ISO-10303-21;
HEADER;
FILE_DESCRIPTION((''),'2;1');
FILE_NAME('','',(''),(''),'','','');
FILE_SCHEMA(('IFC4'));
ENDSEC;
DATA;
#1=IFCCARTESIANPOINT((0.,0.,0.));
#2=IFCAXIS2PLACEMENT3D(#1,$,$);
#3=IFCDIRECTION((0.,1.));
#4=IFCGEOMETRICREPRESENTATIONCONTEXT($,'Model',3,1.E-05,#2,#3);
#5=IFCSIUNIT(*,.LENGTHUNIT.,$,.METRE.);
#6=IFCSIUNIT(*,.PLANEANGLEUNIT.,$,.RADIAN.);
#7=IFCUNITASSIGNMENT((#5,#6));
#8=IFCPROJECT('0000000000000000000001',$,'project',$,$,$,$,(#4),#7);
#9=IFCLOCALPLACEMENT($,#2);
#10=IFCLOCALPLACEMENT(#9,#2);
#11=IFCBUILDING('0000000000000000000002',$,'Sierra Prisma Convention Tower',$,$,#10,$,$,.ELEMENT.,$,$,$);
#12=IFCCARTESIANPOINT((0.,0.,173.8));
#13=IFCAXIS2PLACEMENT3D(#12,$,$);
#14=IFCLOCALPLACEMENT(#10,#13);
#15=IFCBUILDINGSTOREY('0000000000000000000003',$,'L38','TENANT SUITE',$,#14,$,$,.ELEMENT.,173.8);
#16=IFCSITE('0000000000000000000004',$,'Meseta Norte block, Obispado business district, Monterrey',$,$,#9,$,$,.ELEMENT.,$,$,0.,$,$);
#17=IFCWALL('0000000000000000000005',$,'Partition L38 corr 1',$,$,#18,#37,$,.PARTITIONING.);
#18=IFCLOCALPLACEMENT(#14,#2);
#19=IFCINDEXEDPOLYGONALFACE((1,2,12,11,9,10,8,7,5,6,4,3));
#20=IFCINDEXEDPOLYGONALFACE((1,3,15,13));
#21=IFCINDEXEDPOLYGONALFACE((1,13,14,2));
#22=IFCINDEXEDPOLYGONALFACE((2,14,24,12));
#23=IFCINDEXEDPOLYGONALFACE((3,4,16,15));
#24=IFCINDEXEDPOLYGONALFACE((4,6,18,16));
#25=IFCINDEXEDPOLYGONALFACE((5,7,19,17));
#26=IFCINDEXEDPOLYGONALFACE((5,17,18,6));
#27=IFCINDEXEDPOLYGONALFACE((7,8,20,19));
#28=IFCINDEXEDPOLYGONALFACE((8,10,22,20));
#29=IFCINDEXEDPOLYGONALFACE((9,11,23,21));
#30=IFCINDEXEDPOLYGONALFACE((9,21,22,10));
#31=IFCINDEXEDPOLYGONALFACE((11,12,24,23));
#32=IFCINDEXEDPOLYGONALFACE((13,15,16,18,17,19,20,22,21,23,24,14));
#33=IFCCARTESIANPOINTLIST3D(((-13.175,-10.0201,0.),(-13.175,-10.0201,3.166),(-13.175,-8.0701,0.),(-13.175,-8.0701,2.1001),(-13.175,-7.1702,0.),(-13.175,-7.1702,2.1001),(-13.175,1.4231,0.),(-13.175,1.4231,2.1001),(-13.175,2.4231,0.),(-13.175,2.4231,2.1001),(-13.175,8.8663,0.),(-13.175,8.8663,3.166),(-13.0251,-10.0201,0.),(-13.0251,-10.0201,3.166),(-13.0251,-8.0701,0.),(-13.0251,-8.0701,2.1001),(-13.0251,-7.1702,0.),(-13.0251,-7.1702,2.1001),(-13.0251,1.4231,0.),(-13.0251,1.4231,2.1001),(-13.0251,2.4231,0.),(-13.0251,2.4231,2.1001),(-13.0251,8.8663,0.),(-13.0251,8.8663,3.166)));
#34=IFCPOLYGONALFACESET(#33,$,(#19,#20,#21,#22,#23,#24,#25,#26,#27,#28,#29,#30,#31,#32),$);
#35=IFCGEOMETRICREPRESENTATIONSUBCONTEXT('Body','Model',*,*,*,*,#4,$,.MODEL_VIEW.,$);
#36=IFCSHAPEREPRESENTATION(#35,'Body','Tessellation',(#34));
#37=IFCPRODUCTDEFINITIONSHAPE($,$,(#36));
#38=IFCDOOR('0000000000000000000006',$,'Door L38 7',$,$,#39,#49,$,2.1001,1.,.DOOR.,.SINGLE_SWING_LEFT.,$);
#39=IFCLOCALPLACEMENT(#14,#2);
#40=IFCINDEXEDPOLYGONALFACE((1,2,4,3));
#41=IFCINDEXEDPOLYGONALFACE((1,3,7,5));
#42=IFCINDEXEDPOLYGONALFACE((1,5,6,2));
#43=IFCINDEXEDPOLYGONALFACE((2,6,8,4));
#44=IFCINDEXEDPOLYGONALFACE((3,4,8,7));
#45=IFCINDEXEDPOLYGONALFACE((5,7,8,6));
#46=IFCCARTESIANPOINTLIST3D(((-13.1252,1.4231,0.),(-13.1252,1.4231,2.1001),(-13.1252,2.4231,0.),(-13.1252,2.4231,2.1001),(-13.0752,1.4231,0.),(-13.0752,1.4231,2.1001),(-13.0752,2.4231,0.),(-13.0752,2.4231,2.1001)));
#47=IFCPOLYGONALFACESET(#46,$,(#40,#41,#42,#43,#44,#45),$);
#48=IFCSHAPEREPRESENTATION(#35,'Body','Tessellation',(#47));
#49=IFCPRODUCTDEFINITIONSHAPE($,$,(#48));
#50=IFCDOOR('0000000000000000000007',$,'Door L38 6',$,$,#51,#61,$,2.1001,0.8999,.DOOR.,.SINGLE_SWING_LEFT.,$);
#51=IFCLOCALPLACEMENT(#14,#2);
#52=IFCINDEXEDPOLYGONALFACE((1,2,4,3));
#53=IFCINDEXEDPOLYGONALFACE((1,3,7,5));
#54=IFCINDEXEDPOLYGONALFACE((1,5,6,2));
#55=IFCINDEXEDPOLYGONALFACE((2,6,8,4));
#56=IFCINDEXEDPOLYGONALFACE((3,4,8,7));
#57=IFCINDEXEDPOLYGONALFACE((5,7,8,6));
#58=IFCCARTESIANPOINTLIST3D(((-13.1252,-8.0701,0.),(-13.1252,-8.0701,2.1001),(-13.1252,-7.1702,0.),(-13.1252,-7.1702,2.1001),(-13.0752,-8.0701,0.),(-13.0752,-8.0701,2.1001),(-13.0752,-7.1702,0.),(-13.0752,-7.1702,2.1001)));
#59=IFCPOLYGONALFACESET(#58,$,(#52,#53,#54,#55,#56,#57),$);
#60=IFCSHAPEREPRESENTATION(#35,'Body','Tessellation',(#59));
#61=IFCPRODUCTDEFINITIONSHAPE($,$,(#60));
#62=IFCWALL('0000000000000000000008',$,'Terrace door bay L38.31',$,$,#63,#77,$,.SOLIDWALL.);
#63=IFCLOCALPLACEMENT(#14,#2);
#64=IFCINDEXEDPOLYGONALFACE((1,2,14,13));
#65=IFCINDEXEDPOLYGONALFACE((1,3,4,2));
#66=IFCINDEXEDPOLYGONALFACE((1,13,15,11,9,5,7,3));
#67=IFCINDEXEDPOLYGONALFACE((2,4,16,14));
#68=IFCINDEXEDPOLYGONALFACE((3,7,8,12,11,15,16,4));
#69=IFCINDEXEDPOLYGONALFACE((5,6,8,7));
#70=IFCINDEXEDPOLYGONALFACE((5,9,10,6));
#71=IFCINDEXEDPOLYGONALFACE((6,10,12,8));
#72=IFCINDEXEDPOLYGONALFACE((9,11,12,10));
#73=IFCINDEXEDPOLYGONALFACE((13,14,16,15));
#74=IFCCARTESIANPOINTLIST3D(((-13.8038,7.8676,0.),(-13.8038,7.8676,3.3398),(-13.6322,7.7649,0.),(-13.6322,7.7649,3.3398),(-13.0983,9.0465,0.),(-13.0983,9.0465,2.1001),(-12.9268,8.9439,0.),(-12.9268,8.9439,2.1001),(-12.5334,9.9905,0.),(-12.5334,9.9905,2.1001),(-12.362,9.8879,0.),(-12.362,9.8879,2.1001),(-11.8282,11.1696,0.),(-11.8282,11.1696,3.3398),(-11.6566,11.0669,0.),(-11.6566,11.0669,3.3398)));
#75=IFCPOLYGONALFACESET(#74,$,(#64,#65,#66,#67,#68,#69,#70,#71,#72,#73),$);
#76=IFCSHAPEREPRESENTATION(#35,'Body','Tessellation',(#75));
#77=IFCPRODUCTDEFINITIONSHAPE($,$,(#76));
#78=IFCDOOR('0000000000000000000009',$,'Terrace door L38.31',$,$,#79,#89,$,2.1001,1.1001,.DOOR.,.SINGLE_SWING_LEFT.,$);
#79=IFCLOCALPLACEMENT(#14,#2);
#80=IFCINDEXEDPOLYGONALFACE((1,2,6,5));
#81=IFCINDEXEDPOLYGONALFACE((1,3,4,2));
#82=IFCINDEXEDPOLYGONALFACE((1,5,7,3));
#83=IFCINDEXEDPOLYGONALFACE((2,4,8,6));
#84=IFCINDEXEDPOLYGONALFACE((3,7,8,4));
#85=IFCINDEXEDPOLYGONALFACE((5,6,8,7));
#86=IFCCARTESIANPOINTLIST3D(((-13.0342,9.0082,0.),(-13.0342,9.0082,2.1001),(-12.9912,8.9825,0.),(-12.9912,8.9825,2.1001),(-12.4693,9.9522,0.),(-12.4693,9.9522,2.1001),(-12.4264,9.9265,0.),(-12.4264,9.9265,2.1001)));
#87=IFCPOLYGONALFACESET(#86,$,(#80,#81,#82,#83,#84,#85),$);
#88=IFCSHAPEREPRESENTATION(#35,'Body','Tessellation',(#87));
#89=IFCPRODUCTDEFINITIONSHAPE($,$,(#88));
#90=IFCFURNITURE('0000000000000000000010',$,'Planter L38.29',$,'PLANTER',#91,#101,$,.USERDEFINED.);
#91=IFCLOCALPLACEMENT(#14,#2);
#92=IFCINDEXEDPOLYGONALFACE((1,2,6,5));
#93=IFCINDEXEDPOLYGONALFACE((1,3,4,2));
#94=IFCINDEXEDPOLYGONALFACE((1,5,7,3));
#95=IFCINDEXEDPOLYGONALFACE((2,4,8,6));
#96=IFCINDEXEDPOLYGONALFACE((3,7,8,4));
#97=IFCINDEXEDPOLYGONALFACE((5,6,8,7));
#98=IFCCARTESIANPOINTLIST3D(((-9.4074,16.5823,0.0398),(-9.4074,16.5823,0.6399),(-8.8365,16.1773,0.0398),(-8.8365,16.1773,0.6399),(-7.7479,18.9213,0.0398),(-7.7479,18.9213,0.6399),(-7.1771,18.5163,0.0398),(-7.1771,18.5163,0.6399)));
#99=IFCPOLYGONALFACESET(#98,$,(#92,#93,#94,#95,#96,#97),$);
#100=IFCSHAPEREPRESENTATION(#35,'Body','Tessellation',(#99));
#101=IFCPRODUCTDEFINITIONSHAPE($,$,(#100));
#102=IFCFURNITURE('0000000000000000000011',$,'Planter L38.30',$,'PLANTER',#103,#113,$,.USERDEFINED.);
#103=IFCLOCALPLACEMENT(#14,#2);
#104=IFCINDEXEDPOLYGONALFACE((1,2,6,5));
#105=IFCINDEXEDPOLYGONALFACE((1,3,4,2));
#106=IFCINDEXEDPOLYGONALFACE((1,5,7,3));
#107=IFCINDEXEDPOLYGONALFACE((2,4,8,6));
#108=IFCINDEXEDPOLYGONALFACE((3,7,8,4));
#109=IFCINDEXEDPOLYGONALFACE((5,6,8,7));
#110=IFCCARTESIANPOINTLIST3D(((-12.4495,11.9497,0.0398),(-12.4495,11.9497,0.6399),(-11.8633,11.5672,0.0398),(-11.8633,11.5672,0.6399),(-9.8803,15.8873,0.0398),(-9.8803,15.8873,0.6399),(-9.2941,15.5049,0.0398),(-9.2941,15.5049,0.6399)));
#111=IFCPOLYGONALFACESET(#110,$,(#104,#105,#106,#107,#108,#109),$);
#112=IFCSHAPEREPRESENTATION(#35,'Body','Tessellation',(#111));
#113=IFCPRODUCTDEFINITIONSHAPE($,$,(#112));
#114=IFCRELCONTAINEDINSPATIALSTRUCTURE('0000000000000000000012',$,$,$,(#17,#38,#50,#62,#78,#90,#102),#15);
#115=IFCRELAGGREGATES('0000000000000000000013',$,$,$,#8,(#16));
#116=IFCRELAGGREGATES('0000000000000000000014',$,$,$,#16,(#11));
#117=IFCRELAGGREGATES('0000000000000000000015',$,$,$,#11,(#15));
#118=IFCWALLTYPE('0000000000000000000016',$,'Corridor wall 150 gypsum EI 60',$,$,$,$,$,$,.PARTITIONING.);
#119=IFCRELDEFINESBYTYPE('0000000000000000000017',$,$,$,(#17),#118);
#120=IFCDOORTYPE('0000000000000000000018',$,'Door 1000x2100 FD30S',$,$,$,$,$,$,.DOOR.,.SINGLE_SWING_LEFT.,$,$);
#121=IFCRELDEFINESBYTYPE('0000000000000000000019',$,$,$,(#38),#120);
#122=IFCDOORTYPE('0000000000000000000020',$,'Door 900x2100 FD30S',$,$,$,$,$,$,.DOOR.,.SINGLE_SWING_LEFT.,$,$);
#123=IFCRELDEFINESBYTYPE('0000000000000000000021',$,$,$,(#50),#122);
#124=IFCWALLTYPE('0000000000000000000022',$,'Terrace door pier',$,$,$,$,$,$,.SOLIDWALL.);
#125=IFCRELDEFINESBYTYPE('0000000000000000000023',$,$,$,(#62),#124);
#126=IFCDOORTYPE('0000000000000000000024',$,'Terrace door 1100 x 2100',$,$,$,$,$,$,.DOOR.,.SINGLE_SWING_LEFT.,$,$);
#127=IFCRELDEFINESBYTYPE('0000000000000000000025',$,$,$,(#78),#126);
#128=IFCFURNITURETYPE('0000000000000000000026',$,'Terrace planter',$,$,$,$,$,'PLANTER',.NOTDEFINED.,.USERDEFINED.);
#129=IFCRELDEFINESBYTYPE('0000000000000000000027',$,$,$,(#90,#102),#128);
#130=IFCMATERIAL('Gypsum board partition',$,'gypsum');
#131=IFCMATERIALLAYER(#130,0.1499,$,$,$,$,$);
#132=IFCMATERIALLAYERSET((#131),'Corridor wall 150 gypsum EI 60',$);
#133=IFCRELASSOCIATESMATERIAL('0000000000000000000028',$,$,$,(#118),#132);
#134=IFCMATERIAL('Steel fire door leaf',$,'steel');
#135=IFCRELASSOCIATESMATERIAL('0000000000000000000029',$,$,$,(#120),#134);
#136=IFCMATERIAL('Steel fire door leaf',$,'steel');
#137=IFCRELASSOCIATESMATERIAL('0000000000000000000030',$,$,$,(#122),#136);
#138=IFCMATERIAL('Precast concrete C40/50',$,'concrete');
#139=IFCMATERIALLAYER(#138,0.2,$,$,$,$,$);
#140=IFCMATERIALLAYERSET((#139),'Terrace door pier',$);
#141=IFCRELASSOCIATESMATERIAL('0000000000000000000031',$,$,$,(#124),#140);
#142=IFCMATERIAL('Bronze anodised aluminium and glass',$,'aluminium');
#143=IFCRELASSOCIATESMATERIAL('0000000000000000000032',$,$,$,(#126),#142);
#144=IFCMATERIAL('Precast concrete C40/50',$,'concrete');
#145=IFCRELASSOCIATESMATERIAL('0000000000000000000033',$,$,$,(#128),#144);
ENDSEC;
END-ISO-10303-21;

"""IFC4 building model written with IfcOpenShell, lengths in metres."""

from ifc_helpers import new_model, si_unit, direction, frame, frame_2d, origin, origin_2d, place, context, subcontext, project, spatial, rectangle, extrude, material, layer, layer_set, type_object, element, fill, save


model = new_model("IFC4")

# Units and contexts
model_context = context("Model", 3, precision=1e-05, world=origin(), true_north=direction((0.0, 1.0)))
body_context = subcontext(model_context, "Body", "Model", "MODEL_VIEW")
ifc_project = project(units=[si_unit("LENGTHUNIT", "METRE"), si_unit("PLANEANGLEUNIT", "RADIAN")], contexts=[model_context])

# Site, building, storey
site_placement = place(None, origin())
site = spatial("IfcSite", under=ifc_project, at=site_placement, Name="Meseta Norte block, Obispado business district, Monterrey", CompositionType="ELEMENT", RefElevation=0.0)
building_placement = place(site_placement, origin())
building = spatial("IfcBuilding", under=site, at=building_placement, Name="Sierra Prisma Convention Tower", CompositionType="ELEMENT")
storey_placement = place(building_placement, frame((0.0, 0.0, 173.8)))
storey = spatial("IfcBuildingStorey", under=building, at=storey_placement, Name="L38", Description="TENANT SUITE", CompositionType="ELEMENT", Elevation=173.8)

# Wall, openings, doors
ifc_material_1 = material(Name="Gypsum board partition", Category="gypsum")
ifc_layer_1 = layer(ifc_material_1, 0.1499)
ifc_layer_set_1 = layer_set([ifc_layer_1], Name="Corridor wall 150 gypsum EI 60")
wall_type_1 = type_object("IfcWallType", Name="Corridor wall 150 gypsum EI 60", PredefinedType="PARTITIONING", material=ifc_layer_set_1)
wall_1_placement = place(storey_placement, frame((-13.1001, 8.8665, 0.0), z_axis=(0.0, 0.0, 1.0), x_axis=(0.0, -1.0, 0.0)))
wall_1 = element("IfcWall", 1, at=wall_1_placement, inside=storey, type_object=wall_type_1, Name="Partition L38 corr 1", PredefinedType="PARTITIONING", context=body_context, shape_type="SweptSolid", body=[
    extrude(rectangle(XDim=18.8865, YDim=0.1499, at=frame_2d((9.4434, 0.0))), origin(), (0.0, 0.0, 1.0), 3.166),
])
opening_1_placement = place(wall_1_placement, frame((16.0366, 0.0, 0.0)))
opening_1 = element("IfcOpeningElement", 2, at=opening_1_placement, cuts=wall_1, PredefinedType="OPENING", context=body_context, shape_type="SweptSolid", body=[
    extrude(rectangle(XDim=0.8999, YDim=2.1001, at=frame_2d((0.45, 1.05))), frame((0.0, 0.075, 0.0), z_axis=(0.0, -1.0, 0.0), x_axis=(1.0, 0.0, 0.0)), (0.0, 0.0, 1.0), 0.1499),
])
opening_2_placement = place(wall_1_placement, frame((6.4434, 0.0, 0.0)))
opening_2 = element("IfcOpeningElement", 3, at=opening_2_placement, cuts=wall_1, PredefinedType="OPENING", context=body_context, shape_type="SweptSolid", body=[
    extrude(rectangle(XDim=1.0, YDim=2.1001, at=frame_2d((0.5, 1.05))), frame((0.0, 0.075, 0.0), z_axis=(0.0, -1.0, 0.0), x_axis=(1.0, 0.0, 0.0)), (0.0, 0.0, 1.0), 0.1499),
])
ifc_material_2 = material(Name="Steel fire door leaf", Category="steel")
door_type_1 = type_object("IfcDoorType", Name="Door 1000x2100 FD30S", OperationType="SINGLE_SWING_LEFT", PredefinedType="DOOR", material=ifc_material_2)
door_1_placement = place(opening_2_placement, origin())
door_1 = element("IfcDoor", 4, at=door_1_placement, inside=storey, type_object=door_type_1, Name="Door L38 7", OperationType="SINGLE_SWING_LEFT", OverallHeight=2.1001, OverallWidth=1.0, PredefinedType="DOOR", context=body_context, shape_type="SweptSolid", body=[
    extrude(rectangle(XDim=1.0, YDim=2.1001, at=frame_2d((0.5, 1.05))), frame((0.0, 0.0249, 0.0), z_axis=(0.0, -1.0, 0.0), x_axis=(1.0, 0.0, 0.0)), (0.0, 0.0, 1.0), 0.05),
])
fill(opening_2, door_1)
ifc_material_3 = material(Name="Steel fire door leaf", Category="steel")
door_type_2 = type_object("IfcDoorType", Name="Door 900x2100 FD30S", OperationType="SINGLE_SWING_LEFT", PredefinedType="DOOR", material=ifc_material_3)
door_2_placement = place(opening_1_placement, origin())
door_2 = element("IfcDoor", 5, at=door_2_placement, inside=storey, type_object=door_type_2, Name="Door L38 6", OperationType="SINGLE_SWING_LEFT", OverallHeight=2.1001, OverallWidth=0.8999, PredefinedType="DOOR", context=body_context, shape_type="SweptSolid", body=[
    extrude(rectangle(XDim=0.8999, YDim=2.1001, at=frame_2d((0.45, 1.05))), frame((0.0, 0.0249, 0.0), z_axis=(0.0, -1.0, 0.0), x_axis=(1.0, 0.0, 0.0)), (0.0, 0.0, 1.0), 0.05),
])
fill(opening_1, door_2)

# Wall, opening, door
ifc_material_4 = material(Name="Precast concrete C40/50", Category="concrete")
ifc_layer_2 = layer(ifc_material_4, 0.2)
ifc_layer_set_2 = layer_set([ifc_layer_2], Name="Terrace door pier")
wall_type_2 = type_object("IfcWallType", Name="Terrace door pier", PredefinedType="SOLIDWALL", material=ifc_layer_set_2)
wall_2_placement = place(storey_placement, frame((-11.7424, 11.1182, 0.0), z_axis=(0.0, 0.0, 1.0), x_axis=(-0.513422, -0.858136, 0.0)))
wall_2 = element("IfcWall", 6, at=wall_2_placement, inside=storey, type_object=wall_type_2, Name="Terrace door bay L38.31", PredefinedType="SOLIDWALL", context=body_context, shape_type="SweptSolid", body=[
    extrude(rectangle(XDim=3.8479, YDim=0.2, at=frame_2d((1.9238, 0.0))), origin(), (0.0, 0.0, 1.0), 3.3398),
])
opening_3_placement = place(wall_2_placement, frame((1.3738, 0.0, 0.0)))
opening_3 = element("IfcOpeningElement", 7, at=opening_3_placement, cuts=wall_2, PredefinedType="OPENING", context=body_context, shape_type="SweptSolid", body=[
    extrude(rectangle(XDim=1.1001, YDim=2.1001, at=frame_2d((0.55, 1.05))), frame((0.0, 0.1001, 0.0), z_axis=(0.0, -1.0, 0.0), x_axis=(1.0, 0.0, 0.0)), (0.0, 0.0, 1.0), 0.2),
])
ifc_material_5 = material(Name="Bronze anodised aluminium and glass", Category="aluminium")
door_type_3 = type_object("IfcDoorType", Name="Terrace door 1100 x 2100", OperationType="SINGLE_SWING_LEFT", PredefinedType="DOOR", material=ifc_material_5)
door_3_placement = place(opening_3_placement, origin())
door_3 = element("IfcDoor", 8, at=door_3_placement, inside=storey, type_object=door_type_3, Name="Terrace door L38.31", OperationType="SINGLE_SWING_LEFT", OverallHeight=2.1001, OverallWidth=1.1001, PredefinedType="DOOR", context=body_context, shape_type="SweptSolid", body=[
    extrude(rectangle(XDim=1.1001, YDim=2.1001, at=frame_2d((0.55, 1.05))), frame((0.0, 0.0249, 0.0), z_axis=(0.0, -1.0, 0.0), x_axis=(1.0, 0.0, 0.0)), (0.0, 0.0, 1.0), 0.05),
])
fill(opening_3, door_3)

# Furniture
ifc_material_6 = material(Name="Precast concrete C40/50", Category="concrete")
furniture_type = type_object("IfcFurnitureType", Name="Terrace planter", ElementType="PLANTER", AssemblyPlace="NOTDEFINED", PredefinedType="USERDEFINED", material=ifc_material_6)
furniture_1_placement = place(storey_placement, frame((-8.2922, 17.5493, 0.0398), z_axis=(0.0, 0.0, 1.0), x_axis=(-0.578632, -0.815589, 0.0)))
element("IfcFurniture", 9, at=furniture_1_placement, inside=storey, type_object=furniture_type, Name="Planter L38.29", ObjectType="PLANTER", PredefinedType="USERDEFINED", context=body_context, shape_type="SweptSolid", body=[
    extrude(rectangle(XDim=2.8679, YDim=0.7, at=origin_2d()), origin(), (0.0, 0.0, 1.0), 0.6001),
])
furniture_2_placement = place(storey_placement, frame((-10.8718, 13.7273, 0.0398), z_axis=(0.0, 0.0, 1.0), x_axis=(-0.546444, -0.837496, 0.0)))
element("IfcFurniture", 10, at=furniture_2_placement, inside=storey, type_object=furniture_type, Name="Planter L38.30", ObjectType="PLANTER", PredefinedType="USERDEFINED", context=body_context, shape_type="SweptSolid", body=[
    extrude(rectangle(XDim=4.7017, YDim=0.7, at=origin_2d()), origin(), (0.0, 0.0, 1.0), 0.6001),
])

save(model, "model.ifc")
